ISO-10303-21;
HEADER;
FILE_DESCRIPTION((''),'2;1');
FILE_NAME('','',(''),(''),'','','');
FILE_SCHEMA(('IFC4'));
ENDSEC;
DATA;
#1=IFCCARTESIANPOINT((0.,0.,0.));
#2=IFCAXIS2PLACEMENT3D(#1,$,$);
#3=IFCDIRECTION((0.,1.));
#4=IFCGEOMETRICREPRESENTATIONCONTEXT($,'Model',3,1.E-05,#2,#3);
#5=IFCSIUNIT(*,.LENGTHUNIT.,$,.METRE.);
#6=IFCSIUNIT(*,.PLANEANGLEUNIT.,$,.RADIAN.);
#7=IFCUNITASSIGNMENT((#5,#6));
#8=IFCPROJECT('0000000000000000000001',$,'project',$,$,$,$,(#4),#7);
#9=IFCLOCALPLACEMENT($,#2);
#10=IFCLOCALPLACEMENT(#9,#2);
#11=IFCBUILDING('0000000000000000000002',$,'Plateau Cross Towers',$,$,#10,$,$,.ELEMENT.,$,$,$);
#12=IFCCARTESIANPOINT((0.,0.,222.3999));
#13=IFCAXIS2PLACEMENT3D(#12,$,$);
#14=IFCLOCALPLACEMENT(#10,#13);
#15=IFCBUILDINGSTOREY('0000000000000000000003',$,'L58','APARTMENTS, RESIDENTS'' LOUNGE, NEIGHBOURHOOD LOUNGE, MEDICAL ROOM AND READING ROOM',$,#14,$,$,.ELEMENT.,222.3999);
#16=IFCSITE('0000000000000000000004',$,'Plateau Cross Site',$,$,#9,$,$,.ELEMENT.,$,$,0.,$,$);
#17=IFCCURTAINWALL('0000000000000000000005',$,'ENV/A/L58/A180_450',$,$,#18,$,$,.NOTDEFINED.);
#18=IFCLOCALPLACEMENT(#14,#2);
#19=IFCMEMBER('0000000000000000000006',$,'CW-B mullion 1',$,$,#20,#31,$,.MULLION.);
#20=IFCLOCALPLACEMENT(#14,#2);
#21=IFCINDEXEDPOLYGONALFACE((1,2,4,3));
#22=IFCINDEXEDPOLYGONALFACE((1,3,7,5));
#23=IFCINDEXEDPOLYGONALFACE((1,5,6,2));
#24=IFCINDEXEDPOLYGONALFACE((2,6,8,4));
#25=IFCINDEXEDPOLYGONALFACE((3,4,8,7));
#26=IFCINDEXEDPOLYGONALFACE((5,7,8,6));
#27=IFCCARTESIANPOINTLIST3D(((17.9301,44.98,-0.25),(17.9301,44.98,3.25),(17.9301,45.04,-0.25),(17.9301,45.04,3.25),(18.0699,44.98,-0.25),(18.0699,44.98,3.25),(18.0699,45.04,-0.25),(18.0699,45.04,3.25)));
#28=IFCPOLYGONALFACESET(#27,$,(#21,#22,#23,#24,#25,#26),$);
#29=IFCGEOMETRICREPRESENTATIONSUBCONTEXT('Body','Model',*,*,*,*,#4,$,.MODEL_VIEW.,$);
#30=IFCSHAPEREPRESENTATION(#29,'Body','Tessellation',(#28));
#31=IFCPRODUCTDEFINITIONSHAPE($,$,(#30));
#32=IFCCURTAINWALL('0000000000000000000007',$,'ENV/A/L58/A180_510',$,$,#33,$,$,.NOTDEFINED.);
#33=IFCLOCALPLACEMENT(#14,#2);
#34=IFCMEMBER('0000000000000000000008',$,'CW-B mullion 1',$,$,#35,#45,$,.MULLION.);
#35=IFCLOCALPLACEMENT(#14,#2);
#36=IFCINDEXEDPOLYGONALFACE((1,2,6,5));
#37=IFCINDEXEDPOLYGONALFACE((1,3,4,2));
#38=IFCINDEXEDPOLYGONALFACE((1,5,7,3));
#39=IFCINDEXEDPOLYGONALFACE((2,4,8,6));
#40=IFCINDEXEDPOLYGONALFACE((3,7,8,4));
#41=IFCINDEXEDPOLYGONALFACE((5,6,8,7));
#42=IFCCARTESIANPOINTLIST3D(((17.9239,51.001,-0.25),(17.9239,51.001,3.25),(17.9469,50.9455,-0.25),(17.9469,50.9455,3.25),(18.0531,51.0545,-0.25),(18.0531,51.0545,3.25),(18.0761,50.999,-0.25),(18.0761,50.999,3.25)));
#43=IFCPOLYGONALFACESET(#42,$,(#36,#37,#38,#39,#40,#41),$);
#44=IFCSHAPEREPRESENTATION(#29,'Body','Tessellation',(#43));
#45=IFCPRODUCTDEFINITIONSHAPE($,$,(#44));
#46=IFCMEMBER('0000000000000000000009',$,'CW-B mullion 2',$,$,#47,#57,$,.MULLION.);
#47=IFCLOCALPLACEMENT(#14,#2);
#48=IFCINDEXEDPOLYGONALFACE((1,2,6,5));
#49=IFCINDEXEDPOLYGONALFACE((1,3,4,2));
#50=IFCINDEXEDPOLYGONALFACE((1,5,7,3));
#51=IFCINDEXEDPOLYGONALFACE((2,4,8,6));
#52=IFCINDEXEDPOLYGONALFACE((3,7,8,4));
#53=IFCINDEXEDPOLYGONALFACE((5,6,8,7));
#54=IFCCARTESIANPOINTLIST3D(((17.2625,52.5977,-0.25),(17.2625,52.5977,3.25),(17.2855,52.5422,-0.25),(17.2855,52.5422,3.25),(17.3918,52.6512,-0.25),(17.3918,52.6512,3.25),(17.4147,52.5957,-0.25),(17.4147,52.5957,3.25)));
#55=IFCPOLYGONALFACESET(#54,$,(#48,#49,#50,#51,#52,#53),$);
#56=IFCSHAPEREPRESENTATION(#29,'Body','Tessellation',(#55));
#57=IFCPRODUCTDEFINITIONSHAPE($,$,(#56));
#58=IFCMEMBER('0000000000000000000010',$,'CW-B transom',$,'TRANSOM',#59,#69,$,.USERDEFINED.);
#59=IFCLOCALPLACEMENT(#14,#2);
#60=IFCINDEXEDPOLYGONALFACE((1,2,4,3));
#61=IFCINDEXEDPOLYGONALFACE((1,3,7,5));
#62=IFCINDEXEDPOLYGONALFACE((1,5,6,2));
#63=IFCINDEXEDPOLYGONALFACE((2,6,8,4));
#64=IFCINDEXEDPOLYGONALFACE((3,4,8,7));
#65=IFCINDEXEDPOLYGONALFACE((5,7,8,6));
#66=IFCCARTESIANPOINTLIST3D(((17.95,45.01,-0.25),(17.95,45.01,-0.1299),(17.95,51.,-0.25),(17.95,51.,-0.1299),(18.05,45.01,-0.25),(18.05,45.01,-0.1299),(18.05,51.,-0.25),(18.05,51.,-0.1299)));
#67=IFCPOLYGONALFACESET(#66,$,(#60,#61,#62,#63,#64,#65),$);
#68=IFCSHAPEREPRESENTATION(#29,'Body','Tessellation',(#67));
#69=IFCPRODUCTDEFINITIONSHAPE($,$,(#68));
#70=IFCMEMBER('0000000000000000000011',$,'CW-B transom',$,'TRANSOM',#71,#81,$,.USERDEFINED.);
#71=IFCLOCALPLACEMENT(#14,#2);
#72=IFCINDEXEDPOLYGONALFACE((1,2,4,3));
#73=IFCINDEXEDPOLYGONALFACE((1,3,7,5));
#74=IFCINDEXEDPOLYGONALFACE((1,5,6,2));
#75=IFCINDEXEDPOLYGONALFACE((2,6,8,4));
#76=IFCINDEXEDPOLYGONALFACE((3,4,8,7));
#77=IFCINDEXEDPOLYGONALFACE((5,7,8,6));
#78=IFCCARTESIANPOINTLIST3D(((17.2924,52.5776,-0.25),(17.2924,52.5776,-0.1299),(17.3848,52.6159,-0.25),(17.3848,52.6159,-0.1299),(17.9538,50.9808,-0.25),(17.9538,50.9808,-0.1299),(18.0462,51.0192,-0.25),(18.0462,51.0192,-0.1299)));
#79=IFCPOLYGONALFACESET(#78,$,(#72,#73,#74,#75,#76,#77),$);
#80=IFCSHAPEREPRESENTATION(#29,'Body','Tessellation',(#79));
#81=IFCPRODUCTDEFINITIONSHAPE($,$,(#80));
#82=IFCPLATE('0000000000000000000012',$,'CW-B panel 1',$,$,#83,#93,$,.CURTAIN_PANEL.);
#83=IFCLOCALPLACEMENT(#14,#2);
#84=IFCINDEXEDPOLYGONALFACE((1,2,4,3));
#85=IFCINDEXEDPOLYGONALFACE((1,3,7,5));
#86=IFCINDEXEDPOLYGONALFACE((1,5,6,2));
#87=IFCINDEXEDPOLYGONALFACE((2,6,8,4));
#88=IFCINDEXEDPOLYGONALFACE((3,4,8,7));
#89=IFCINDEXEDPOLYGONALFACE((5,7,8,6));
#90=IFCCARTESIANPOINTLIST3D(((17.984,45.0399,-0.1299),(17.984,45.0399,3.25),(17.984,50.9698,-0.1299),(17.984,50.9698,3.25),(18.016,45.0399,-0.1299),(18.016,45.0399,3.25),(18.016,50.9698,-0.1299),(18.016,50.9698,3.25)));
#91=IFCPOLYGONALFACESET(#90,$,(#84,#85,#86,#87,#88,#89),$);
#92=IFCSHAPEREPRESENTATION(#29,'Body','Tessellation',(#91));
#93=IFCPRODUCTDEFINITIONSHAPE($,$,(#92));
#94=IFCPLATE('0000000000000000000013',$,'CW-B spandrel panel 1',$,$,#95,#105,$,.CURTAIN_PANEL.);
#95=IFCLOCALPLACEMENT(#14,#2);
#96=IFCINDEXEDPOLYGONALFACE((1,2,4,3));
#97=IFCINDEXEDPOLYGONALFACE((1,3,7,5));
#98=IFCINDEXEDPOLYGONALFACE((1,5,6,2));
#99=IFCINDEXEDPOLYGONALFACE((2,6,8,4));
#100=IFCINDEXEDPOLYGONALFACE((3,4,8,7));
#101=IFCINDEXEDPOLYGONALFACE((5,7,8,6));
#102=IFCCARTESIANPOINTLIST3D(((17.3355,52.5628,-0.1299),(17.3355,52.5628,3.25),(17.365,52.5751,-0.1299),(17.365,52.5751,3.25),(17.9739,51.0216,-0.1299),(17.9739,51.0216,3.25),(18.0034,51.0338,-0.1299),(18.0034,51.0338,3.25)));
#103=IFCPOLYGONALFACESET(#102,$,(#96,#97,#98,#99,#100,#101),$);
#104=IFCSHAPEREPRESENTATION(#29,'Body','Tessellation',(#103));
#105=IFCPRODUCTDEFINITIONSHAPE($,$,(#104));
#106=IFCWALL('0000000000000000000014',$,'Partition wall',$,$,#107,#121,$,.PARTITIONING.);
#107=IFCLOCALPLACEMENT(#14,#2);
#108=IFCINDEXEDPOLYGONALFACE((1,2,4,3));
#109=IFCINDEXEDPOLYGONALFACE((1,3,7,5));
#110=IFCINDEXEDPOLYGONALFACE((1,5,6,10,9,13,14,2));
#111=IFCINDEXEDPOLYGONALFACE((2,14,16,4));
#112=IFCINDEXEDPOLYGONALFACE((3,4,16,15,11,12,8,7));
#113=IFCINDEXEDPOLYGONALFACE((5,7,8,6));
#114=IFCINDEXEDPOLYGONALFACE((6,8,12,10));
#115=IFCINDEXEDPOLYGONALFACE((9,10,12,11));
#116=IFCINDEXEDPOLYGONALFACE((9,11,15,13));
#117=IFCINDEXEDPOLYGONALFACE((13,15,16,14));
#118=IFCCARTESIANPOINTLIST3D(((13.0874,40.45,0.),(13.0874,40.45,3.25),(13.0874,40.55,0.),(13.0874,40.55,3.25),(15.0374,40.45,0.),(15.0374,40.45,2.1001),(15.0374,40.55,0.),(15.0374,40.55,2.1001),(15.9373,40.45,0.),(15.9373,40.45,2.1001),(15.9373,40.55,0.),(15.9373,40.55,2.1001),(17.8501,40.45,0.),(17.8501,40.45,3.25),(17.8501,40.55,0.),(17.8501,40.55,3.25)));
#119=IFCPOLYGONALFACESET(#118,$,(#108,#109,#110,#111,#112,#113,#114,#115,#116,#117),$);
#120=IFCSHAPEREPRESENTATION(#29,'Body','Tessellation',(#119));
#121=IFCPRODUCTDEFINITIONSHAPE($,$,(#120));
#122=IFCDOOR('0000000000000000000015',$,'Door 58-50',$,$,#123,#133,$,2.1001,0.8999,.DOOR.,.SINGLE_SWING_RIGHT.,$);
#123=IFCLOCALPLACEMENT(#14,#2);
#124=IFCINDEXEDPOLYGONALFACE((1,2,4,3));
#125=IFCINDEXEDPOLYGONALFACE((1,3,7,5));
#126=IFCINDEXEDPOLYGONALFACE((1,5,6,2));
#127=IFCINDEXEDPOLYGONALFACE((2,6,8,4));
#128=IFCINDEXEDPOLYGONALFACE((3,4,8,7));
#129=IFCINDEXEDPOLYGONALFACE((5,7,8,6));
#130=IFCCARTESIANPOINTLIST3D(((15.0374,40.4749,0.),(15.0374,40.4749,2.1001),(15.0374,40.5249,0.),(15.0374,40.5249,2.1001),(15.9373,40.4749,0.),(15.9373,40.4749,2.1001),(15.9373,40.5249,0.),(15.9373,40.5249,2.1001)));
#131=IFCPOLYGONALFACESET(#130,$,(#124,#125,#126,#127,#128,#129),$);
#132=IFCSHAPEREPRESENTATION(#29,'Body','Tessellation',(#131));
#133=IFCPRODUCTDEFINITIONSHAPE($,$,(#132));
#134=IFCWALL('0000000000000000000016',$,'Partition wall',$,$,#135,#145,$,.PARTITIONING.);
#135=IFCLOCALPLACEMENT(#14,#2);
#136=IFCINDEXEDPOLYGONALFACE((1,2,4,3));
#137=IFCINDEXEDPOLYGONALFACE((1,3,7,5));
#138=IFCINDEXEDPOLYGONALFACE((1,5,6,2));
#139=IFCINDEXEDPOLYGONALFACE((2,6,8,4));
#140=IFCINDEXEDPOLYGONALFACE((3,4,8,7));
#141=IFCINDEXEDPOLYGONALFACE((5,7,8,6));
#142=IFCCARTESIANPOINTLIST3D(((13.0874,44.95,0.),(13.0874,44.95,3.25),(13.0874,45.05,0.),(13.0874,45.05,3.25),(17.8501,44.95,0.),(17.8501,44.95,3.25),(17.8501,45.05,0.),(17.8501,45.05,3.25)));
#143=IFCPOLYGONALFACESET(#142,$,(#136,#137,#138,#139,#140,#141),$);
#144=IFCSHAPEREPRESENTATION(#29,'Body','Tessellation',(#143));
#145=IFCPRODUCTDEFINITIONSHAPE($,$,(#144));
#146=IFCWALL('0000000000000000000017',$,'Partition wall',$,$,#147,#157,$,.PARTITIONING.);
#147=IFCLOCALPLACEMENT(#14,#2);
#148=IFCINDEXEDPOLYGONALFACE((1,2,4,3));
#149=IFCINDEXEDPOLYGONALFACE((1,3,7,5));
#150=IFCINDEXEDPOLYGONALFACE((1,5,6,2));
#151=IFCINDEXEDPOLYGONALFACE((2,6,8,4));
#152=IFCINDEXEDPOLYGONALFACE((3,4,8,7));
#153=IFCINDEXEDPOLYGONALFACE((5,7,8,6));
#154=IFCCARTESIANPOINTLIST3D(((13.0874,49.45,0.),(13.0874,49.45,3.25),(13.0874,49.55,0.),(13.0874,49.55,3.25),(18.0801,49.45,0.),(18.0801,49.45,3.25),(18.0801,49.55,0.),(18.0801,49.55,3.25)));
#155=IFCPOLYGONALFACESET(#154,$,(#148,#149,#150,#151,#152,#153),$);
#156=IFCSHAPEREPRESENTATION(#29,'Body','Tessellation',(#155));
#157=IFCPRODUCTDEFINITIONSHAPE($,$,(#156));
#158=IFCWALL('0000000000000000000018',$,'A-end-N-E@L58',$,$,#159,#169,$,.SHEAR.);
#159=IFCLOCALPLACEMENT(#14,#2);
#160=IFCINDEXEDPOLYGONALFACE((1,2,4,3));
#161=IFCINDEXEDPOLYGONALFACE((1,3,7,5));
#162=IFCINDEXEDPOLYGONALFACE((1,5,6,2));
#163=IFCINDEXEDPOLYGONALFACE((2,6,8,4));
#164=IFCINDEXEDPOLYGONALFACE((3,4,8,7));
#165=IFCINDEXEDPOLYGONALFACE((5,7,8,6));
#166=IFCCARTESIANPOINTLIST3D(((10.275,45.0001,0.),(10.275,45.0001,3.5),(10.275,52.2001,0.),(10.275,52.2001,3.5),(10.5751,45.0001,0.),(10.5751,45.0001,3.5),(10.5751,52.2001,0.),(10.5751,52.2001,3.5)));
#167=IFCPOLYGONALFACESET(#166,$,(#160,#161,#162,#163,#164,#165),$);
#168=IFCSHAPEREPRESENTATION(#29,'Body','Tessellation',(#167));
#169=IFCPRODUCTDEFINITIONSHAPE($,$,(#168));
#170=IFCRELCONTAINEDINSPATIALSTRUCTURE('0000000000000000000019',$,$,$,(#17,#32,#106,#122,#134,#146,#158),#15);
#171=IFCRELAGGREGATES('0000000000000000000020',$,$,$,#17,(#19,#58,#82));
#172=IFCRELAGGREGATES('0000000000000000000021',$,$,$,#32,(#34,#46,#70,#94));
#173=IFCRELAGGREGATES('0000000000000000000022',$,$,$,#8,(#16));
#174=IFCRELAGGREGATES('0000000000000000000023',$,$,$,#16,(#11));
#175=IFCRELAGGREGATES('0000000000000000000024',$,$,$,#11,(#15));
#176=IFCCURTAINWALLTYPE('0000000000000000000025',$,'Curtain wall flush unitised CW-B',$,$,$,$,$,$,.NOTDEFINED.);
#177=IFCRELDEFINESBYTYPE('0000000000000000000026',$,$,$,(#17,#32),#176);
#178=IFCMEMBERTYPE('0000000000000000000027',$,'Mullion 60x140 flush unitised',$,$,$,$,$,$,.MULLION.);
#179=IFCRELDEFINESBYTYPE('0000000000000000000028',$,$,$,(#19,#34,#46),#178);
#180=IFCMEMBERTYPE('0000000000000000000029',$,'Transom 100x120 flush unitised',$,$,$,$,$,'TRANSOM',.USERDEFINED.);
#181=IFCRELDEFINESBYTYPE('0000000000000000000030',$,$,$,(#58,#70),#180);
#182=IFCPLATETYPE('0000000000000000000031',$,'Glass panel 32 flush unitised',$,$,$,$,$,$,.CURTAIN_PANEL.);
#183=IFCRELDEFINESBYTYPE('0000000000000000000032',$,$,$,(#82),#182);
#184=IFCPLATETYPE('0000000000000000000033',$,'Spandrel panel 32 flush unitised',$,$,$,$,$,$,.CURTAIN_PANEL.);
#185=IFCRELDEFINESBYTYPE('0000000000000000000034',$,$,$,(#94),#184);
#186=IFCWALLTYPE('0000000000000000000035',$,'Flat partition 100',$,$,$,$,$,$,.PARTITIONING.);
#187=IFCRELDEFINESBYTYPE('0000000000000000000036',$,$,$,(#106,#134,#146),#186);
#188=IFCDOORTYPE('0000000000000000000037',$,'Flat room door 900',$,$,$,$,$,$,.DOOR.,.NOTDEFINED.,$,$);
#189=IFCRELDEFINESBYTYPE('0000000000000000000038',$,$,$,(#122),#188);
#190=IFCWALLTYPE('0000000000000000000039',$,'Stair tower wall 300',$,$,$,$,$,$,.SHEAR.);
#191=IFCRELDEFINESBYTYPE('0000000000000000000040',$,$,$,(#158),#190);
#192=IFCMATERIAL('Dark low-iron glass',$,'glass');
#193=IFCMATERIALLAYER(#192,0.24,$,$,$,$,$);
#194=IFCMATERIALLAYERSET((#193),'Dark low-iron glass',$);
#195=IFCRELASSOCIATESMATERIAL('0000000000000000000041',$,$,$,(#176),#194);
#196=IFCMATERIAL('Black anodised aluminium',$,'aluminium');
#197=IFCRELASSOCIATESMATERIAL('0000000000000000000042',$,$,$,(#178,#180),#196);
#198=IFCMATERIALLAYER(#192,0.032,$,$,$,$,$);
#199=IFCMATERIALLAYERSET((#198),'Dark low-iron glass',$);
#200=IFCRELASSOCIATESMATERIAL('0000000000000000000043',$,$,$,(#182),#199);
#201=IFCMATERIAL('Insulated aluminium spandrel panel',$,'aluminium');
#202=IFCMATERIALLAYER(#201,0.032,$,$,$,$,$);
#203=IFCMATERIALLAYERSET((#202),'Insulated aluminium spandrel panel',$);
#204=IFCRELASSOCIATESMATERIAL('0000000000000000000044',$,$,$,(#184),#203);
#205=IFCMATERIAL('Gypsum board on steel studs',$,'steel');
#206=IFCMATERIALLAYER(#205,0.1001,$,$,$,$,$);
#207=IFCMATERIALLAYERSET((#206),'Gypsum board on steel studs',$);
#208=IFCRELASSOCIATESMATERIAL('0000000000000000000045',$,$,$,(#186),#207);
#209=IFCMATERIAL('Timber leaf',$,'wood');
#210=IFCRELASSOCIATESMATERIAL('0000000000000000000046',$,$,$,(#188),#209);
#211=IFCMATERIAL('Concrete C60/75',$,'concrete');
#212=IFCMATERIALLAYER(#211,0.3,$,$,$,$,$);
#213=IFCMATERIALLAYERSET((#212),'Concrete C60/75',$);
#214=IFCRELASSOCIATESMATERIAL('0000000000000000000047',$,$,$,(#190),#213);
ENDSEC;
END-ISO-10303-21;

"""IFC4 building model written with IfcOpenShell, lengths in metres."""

from ifc_helpers import new_model, si_unit, direction, frame, frame_2d, origin, origin_2d, place, context, subcontext, project, spatial, rectangle, extrude, material, layer, layer_set, material_profile, profile_set, type_object, element, fill, aggregate, save


model = new_model("IFC4")

# Units and contexts
model_context = context("Model", 3, precision=1e-05, world=origin(), true_north=direction((0.0, 1.0)))
body_context = subcontext(model_context, "Body", "Model", "MODEL_VIEW")
ifc_project = project(units=[si_unit("LENGTHUNIT", "METRE"), si_unit("PLANEANGLEUNIT", "RADIAN")], contexts=[model_context])

# Site, building, storey
site_placement = place(None, origin())
site = spatial("IfcSite", under=ifc_project, at=site_placement, Name="Plateau Cross Site", CompositionType="ELEMENT", RefElevation=0.0)
building_placement = place(site_placement, origin())
building = spatial("IfcBuilding", under=site, at=building_placement, Name="Plateau Cross Towers", CompositionType="ELEMENT")
storey_placement = place(building_placement, frame((0.0, 0.0, 222.3999)))
storey = spatial("IfcBuildingStorey", under=building, at=storey_placement, Name="L58", Description="APARTMENTS, RESIDENTS' LOUNGE, NEIGHBOURHOOD LOUNGE, MEDICAL ROOM AND READING ROOM", CompositionType="ELEMENT", Elevation=222.3999)

# Shared definitions
ifc_material_1 = material(Name="Concrete C60/75", Category="concrete")

# Curtain wall, member
ifc_material_2 = material(Name="Dark low-iron glass", Category="glass")
ifc_layer_1 = layer(ifc_material_2, 0.24)
ifc_layer_set_1 = layer_set([ifc_layer_1], Name="Dark low-iron glass")
curtain_wall_type = type_object("IfcCurtainWallType", Name="Curtain wall flush unitised CW-B", PredefinedType="NOTDEFINED", material=ifc_layer_set_1)
curtain_wall_1_placement = place(storey_placement, origin())
curtain_wall_1 = element("IfcCurtainWall", 1, at=curtain_wall_1_placement, inside=storey, type_object=curtain_wall_type, Name="ENV/A/L58/A180_450", PredefinedType="NOTDEFINED")
ifc_material_3 = material(Name="Black anodised aluminium", Category="aluminium")
ifc_material_profile_1 = material_profile(ifc_material_3, rectangle(XDim=0.0601, YDim=0.1399, at=origin_2d()), Name="MULLION 60x140")
ifc_profile_set_1 = profile_set([ifc_material_profile_1], Name="Black anodised aluminium")
member_type_1 = type_object("IfcMemberType", Name="Mullion 60x140 flush unitised", PredefinedType="MULLION", material=ifc_profile_set_1)
member_1_placement = place(storey_placement, frame((18.0, 45.01, -0.25), z_axis=(0.0, 0.0, 1.0), x_axis=(0.0, 1.0, 0.0)))
member_1 = element("IfcMember", 2, at=member_1_placement, type_object=member_type_1, Name="CW-B mullion 1", PredefinedType="MULLION", context=body_context, shape_type="SweptSolid", body=[
    extrude(rectangle(XDim=0.0601, YDim=0.1399, at=origin_2d()), origin(), (0.0, 0.0, 1.0), 3.5),
])

# Curtain wall, members
curtain_wall_2_placement = place(storey_placement, origin())
curtain_wall_2 = element("IfcCurtainWall", 3, at=curtain_wall_2_placement, inside=storey, type_object=curtain_wall_type, Name="ENV/A/L58/A180_510", PredefinedType="NOTDEFINED")
member_2_placement = place(storey_placement, frame((18.0, 51.0, -0.25), z_axis=(0.0, 0.0, 1.0), x_axis=(-0.382684, 0.923879, 0.0)))
member_2 = element("IfcMember", 4, at=member_2_placement, type_object=member_type_1, Name="CW-B mullion 1", PredefinedType="MULLION", context=body_context, shape_type="SweptSolid", body=[
    extrude(rectangle(XDim=0.0601, YDim=0.1399, at=origin_2d()), origin(), (0.0, 0.0, 1.0), 3.5),
])
member_3_placement = place(storey_placement, frame((17.3386, 52.5967, -0.25), z_axis=(0.0, 0.0, 1.0), x_axis=(-0.382684, 0.923879, 0.0)))
member_3 = element("IfcMember", 5, at=member_3_placement, type_object=member_type_1, Name="CW-B mullion 2", PredefinedType="MULLION", context=body_context, shape_type="SweptSolid", body=[
    extrude(rectangle(XDim=0.0601, YDim=0.1399, at=origin_2d()), origin(), (0.0, 0.0, 1.0), 3.5),
])

# Members
ifc_material_profile_2 = material_profile(ifc_material_3, rectangle(XDim=0.1001, YDim=0.1201, at=origin_2d()), Name="TRANSOM 100x120")
ifc_profile_set_2 = profile_set([ifc_material_profile_2], Name="Black anodised aluminium")
member_type_2 = type_object("IfcMemberType", Name="Transom 100x120 flush unitised", ElementType="TRANSOM", PredefinedType="USERDEFINED", material=ifc_profile_set_2)
member_4_placement = place(storey_placement, frame((18.0, 45.01, -0.1899), z_axis=(0.0, 1.0, 0.0), x_axis=(-1.0, 0.0, 0.0)))
member_4 = element("IfcMember", 6, at=member_4_placement, type_object=member_type_2, Name="CW-B transom", ObjectType="TRANSOM", PredefinedType="USERDEFINED", context=body_context, shape_type="SweptSolid", body=[
    extrude(rectangle(XDim=0.1001, YDim=0.1201, at=origin_2d()), origin(), (0.0, 0.0, 1.0), 5.99),
])
member_5_placement = place(storey_placement, frame((18.0, 51.0, -0.1899), z_axis=(-0.382689, 0.923877, 0.0), x_axis=(-0.923877, -0.382689, 0.0)))
member_5 = element("IfcMember", 7, at=member_5_placement, type_object=member_type_2, Name="CW-B transom", ObjectType="TRANSOM", PredefinedType="USERDEFINED", context=body_context, shape_type="SweptSolid", body=[
    extrude(rectangle(XDim=0.1001, YDim=0.1201, at=origin_2d()), origin(), (0.0, 0.0, 1.0), 1.7283),
])

# Plates
ifc_layer_2 = layer(ifc_material_2, 0.032)
ifc_layer_set_2 = layer_set([ifc_layer_2], Name="Dark low-iron glass")
plate_type_1 = type_object("IfcPlateType", Name="Glass panel 32 flush unitised", PredefinedType="CURTAIN_PANEL", material=ifc_layer_set_2)
plate_1_placement = place(storey_placement, frame((18.0, 48.0049, -0.1299), z_axis=(0.0, 0.0, 1.0), x_axis=(0.0, 1.0, 0.0)))
plate_1 = element("IfcPlate", 8, at=plate_1_placement, type_object=plate_type_1, Name="CW-B panel 1", PredefinedType="CURTAIN_PANEL", context=body_context, shape_type="SweptSolid", body=[
    extrude(rectangle(XDim=5.9299, YDim=0.032, at=origin_2d()), origin(), (0.0, 0.0, 1.0), 3.3799),
])
aggregate(curtain_wall_1, [member_1, member_4, plate_1])
ifc_material_4 = material(Name="Insulated aluminium spandrel panel", Category="aluminium")
ifc_layer_3 = layer(ifc_material_4, 0.032)
ifc_layer_set_3 = layer_set([ifc_layer_3], Name="Insulated aluminium spandrel panel")
plate_type_2 = type_object("IfcPlateType", Name="Spandrel panel 32 flush unitised", PredefinedType="CURTAIN_PANEL", material=ifc_layer_set_3)
plate_2_placement = place(storey_placement, frame((17.6694, 51.7983, -0.1299), z_axis=(0.0, 0.0, 1.0), x_axis=(-0.382684, 0.923879, 0.0)))
plate_2 = element("IfcPlate", 9, at=plate_2_placement, type_object=plate_type_2, Name="CW-B spandrel panel 1", PredefinedType="CURTAIN_PANEL", context=body_context, shape_type="SweptSolid", body=[
    extrude(rectangle(XDim=1.6682, YDim=0.032, at=origin_2d()), origin(), (0.0, 0.0, 1.0), 3.3799),
])
aggregate(curtain_wall_2, [member_2, member_3, member_5, plate_2])

# Wall, opening, door
ifc_material_5 = material(Name="Gypsum board on steel studs", Category="steel")
ifc_layer_4 = layer(ifc_material_5, 0.1001)
ifc_layer_set_4 = layer_set([ifc_layer_4], Name="Gypsum board on steel studs")
wall_type_1 = type_object("IfcWallType", Name="Flat partition 100", PredefinedType="PARTITIONING", material=ifc_layer_set_4)
wall_1_placement = place(storey_placement, frame((13.0874, 40.5, 0.0), z_axis=(0.0, 0.0, 1.0), x_axis=(1.0, 0.0, 0.0)))
wall_1 = element("IfcWall", 10, at=wall_1_placement, inside=storey, type_object=wall_type_1, Name="Partition wall", PredefinedType="PARTITIONING", context=body_context, shape_type="SweptSolid", body=[
    extrude(rectangle(XDim=4.7627, YDim=0.1001, at=frame_2d((2.3813, 0.0))), origin(), (0.0, 0.0, 1.0), 3.25),
])
opening_1_placement = place(wall_1_placement, frame((1.95, 0.0, 0.0)))
opening_1 = element("IfcOpeningElement", 11, at=opening_1_placement, cuts=wall_1, PredefinedType="OPENING", context=body_context, shape_type="SweptSolid", body=[
    extrude(rectangle(XDim=0.8999, YDim=2.1001, at=frame_2d((0.45, 1.05))), frame((0.0, 0.0601, 0.0), z_axis=(0.0, -1.0, 0.0), x_axis=(1.0, 0.0, 0.0)), (0.0, 0.0, 1.0), 0.1201),
])
ifc_material_6 = material(Name="Timber leaf", Category="wood")
door_type_1 = type_object("IfcDoorType", Name="Flat room door 900", OperationType="NOTDEFINED", PredefinedType="DOOR", material=ifc_material_6)
door_1_placement = place(opening_1_placement, origin())
door_1 = element("IfcDoor", 12, at=door_1_placement, inside=storey, type_object=door_type_1, Name="Door 58-50", OperationType="SINGLE_SWING_RIGHT", OverallHeight=2.1001, OverallWidth=0.8999, PredefinedType="DOOR", context=body_context, shape_type="SweptSolid", body=[
    extrude(rectangle(XDim=0.8999, YDim=2.1001, at=frame_2d((0.45, 1.05))), frame((0.0, 0.0249, 0.0), z_axis=(0.0, -1.0, 0.0), x_axis=(1.0, 0.0, 0.0)), (0.0, 0.0, 1.0), 0.05),
])
fill(opening_1, door_1)

# Walls
wall_2_placement = place(storey_placement, frame((17.8501, 45.0, 0.0), z_axis=(0.0, 0.0, 1.0), x_axis=(-1.0, 0.0, 0.0)))
element("IfcWall", 13, at=wall_2_placement, inside=storey, type_object=wall_type_1, Name="Partition wall", PredefinedType="PARTITIONING", context=body_context, shape_type="SweptSolid", body=[
    extrude(rectangle(XDim=4.7627, YDim=0.1001, at=frame_2d((2.3813, 0.0))), origin(), (0.0, 0.0, 1.0), 3.25),
])
wall_3_placement = place(storey_placement, frame((18.0801, 49.5, 0.0), z_axis=(0.0, 0.0, 1.0), x_axis=(-1.0, 0.0, 0.0)))
element("IfcWall", 14, at=wall_3_placement, inside=storey, type_object=wall_type_1, Name="Partition wall", PredefinedType="PARTITIONING", context=body_context, shape_type="SweptSolid", body=[
    extrude(rectangle(XDim=4.9927, YDim=0.1001, at=frame_2d((2.4963, 0.0))), origin(), (0.0, 0.0, 1.0), 3.25),
])
ifc_layer_5 = layer(ifc_material_1, 0.3)
ifc_layer_set_5 = layer_set([ifc_layer_5], Name="Concrete C60/75")
wall_type_2 = type_object("IfcWallType", Name="Stair tower wall 300", PredefinedType="SHEAR", material=ifc_layer_set_5)
wall_4_placement = place(storey_placement, frame((10.425, 45.0, 0.0), z_axis=(0.0, 0.0, 1.0), x_axis=(0.0, 1.0, 0.0)))
element("IfcWall", 15, at=wall_4_placement, inside=storey, type_object=wall_type_2, Name="A-end-N-E@L58", PredefinedType="SHEAR", context=body_context, shape_type="SweptSolid", body=[
    extrude(rectangle(XDim=7.2, YDim=0.3, at=frame_2d((3.6001, 0.0))), origin(), (0.0, 0.0, 1.0), 3.5),
])

save(model, "model.ifc")
